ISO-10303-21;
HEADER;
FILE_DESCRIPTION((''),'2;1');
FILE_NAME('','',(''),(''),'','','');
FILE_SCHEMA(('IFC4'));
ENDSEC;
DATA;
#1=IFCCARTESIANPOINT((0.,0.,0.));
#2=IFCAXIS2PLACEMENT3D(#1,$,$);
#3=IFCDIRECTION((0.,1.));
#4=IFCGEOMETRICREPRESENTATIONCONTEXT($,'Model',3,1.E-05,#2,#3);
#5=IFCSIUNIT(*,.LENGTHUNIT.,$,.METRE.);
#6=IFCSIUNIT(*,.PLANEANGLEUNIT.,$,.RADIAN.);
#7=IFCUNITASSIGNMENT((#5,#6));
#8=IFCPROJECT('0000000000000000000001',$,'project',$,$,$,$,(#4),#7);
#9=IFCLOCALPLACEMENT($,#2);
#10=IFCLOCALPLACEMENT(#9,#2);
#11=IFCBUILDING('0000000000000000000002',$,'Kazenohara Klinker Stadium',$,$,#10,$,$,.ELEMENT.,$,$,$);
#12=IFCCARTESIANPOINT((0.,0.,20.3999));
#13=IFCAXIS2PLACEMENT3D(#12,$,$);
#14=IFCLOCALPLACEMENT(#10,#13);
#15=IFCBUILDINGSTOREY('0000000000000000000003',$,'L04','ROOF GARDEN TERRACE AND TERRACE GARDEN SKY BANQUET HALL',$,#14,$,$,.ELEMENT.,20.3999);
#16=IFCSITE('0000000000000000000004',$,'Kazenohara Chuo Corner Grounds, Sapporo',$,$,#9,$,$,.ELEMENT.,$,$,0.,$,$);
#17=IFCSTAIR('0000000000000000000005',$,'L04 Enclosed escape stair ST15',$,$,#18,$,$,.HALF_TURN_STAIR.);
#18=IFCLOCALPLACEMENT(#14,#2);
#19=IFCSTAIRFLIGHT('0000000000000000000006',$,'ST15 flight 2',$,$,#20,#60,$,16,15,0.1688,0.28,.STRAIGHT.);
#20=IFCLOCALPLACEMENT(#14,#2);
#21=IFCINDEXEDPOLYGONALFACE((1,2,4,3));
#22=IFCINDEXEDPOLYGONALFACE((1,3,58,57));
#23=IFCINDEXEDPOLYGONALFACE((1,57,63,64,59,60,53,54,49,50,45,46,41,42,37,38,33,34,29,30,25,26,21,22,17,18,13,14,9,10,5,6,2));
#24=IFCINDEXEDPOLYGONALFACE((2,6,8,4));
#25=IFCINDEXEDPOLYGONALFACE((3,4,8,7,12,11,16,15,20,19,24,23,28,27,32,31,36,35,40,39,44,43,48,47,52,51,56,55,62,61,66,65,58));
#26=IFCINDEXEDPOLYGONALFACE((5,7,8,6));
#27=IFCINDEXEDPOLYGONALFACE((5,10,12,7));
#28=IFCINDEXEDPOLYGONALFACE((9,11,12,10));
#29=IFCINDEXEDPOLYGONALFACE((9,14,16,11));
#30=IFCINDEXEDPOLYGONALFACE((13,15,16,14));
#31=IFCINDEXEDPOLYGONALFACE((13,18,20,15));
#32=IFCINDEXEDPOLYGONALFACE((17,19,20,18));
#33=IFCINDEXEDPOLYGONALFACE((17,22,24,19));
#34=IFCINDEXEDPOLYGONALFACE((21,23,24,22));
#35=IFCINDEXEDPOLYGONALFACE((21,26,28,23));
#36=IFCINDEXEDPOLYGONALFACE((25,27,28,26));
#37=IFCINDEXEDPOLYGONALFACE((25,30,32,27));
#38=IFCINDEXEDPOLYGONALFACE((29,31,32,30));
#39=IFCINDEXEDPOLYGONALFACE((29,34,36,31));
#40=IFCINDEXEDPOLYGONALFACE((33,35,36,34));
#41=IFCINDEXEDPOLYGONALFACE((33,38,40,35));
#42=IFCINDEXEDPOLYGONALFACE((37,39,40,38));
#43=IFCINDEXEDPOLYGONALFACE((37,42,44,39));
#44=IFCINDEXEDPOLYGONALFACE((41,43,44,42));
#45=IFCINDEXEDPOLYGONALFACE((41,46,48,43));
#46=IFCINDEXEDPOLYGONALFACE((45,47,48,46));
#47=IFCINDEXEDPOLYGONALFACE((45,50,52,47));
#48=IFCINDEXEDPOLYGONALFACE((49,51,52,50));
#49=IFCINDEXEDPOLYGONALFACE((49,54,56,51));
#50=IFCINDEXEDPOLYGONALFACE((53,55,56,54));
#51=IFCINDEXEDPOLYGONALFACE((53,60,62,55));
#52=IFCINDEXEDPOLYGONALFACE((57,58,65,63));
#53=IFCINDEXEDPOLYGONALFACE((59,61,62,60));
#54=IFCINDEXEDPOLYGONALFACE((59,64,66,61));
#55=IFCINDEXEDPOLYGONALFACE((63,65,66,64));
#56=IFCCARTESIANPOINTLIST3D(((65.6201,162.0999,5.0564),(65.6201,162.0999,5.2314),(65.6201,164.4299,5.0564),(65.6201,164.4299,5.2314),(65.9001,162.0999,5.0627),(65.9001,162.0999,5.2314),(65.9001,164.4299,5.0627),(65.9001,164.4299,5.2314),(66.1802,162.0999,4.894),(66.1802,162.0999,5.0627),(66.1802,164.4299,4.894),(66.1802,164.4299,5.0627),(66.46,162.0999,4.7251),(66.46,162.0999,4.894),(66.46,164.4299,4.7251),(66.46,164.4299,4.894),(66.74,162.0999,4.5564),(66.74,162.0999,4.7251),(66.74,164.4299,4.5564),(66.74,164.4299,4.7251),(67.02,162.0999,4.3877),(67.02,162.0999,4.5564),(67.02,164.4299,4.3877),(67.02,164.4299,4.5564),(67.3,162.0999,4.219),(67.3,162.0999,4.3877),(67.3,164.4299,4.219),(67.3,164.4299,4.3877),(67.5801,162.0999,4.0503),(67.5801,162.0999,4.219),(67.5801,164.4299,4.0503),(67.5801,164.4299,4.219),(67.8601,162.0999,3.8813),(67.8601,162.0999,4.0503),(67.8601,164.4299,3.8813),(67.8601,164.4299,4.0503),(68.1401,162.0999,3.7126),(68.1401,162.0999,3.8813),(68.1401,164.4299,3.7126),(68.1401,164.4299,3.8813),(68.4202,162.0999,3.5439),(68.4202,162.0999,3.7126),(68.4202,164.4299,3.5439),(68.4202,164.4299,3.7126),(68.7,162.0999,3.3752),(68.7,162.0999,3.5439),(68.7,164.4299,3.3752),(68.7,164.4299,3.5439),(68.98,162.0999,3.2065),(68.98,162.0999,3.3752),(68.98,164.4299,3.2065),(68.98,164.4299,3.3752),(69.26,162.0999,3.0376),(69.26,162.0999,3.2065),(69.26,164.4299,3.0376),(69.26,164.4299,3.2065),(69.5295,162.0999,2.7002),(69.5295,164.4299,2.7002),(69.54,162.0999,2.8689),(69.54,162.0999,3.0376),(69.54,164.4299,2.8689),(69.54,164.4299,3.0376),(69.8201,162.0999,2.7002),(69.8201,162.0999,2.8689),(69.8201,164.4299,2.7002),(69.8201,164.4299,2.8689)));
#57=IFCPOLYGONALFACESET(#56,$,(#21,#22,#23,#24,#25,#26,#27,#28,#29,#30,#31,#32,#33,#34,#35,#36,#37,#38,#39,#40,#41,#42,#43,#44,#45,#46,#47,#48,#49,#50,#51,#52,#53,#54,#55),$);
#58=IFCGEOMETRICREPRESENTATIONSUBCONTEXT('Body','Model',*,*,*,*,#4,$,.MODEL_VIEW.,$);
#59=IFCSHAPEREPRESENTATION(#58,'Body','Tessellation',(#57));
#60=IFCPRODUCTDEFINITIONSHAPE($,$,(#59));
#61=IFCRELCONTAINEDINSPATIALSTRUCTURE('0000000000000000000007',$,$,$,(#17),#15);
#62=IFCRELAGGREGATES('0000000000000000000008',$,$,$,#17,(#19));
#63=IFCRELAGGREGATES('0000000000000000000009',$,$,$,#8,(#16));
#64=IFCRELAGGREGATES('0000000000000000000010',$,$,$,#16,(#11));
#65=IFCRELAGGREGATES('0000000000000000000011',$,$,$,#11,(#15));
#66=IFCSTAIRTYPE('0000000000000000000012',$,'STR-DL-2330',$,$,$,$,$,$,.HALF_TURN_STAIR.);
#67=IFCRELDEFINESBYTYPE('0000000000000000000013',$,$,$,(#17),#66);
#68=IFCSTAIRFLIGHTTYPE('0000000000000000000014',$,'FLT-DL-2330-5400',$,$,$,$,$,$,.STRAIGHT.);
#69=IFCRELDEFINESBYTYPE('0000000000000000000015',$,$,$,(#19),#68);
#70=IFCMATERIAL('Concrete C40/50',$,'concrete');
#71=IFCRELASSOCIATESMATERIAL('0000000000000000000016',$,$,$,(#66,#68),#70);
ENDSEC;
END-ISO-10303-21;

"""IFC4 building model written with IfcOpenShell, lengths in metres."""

from ifc_helpers import new_model, si_unit, direction, frame, origin, place, context, subcontext, project, spatial, polyline, outline, extrude, material, type_object, element, aggregate, save


model = new_model("IFC4")

# Units and contexts
model_context = context("Model", 3, precision=1e-05, world=origin(), true_north=direction((0.0, 1.0)))
body_context = subcontext(model_context, "Body", "Model", "MODEL_VIEW")
ifc_project = project(units=[si_unit("LENGTHUNIT", "METRE"), si_unit("PLANEANGLEUNIT", "RADIAN")], contexts=[model_context])

# Site, building, storey
site_placement = place(None, origin())
site = spatial("IfcSite", under=ifc_project, at=site_placement, Name="Kazenohara Chuo Corner Grounds, Sapporo", CompositionType="ELEMENT", RefElevation=0.0)
building_placement = place(site_placement, origin())
building = spatial("IfcBuilding", under=site, at=building_placement, Name="Kazenohara Klinker Stadium", CompositionType="ELEMENT")
storey_placement = place(building_placement, frame((0.0, 0.0, 20.3999)))
storey = spatial("IfcBuildingStorey", under=building, at=storey_placement, Name="L04", Description="ROOF GARDEN TERRACE AND TERRACE GARDEN SKY BANQUET HALL", CompositionType="ELEMENT", Elevation=20.3999)

# Shared definitions
ifc_material_1 = material(Name="Concrete C40/50", Category="concrete")

# Stair, stair flight
stair_type = type_object("IfcStairType", Name="STR-DL-2330", PredefinedType="HALF_TURN_STAIR", material=ifc_material_1)
stair_placement = place(storey_placement, origin())
stair = element("IfcStair", 1, at=stair_placement, inside=storey, type_object=stair_type, Name="L04 Enclosed escape stair ST15", PredefinedType="HALF_TURN_STAIR")
stair_flight_type = type_object("IfcStairFlightType", Name="FLT-DL-2330-5400", PredefinedType="STRAIGHT", material=ifc_material_1)
stair_flight_1_placement = place(storey_placement, frame((69.8201, 163.2649, 2.7002), z_axis=(0.0, 0.0, 1.0), x_axis=(-1.0, 0.0, 0.0)))
stair_flight_1 = element("IfcStairFlight", 2, at=stair_flight_1_placement, type_object=stair_flight_type, Name="ST15 flight 2", NumberOfRisers=16, NumberOfTreads=15, PredefinedType="STRAIGHT", RiserHeight=0.1688, TreadLength=0.28, context=body_context, shape_type="SweptSolid", body=[
    extrude(outline(polyline([(0.0, 0.0), (0.0, 0.1687), (0.28, 0.1687), (0.28, 0.3374), (0.5601, 0.3374), (0.5601, 0.5063), (0.8401, 0.5063), (0.8401, 0.675), (1.1201, 0.675), (1.1201, 0.8438), (1.3999, 0.8438), (1.3999, 1.0125), (1.6799, 1.0125), (1.6799, 1.1812), (1.96, 1.1812), (1.96, 1.3501), (2.24, 1.3501), (2.24, 1.5188), (2.52, 1.5188), (2.52, 1.6875), (2.8, 1.6875), (2.8, 1.8562), (3.0801, 1.8562), (3.0801, 2.0249), (3.3601, 2.0249), (3.3601, 2.1938), (3.6399, 2.1938), (3.6399, 2.3625), (3.9199, 2.3625), (3.9199, 2.5312), (4.2, 2.5312), (4.2, 2.7), (4.2, 2.3562), (0.2905, 0.0), (0.0, 0.0)])), frame((0.0, 1.165, 0.0), z_axis=(0.0, -1.0, 0.0), x_axis=(1.0, 0.0, 0.0)), (0.0, 0.0, 1.0), 2.3301),
])
aggregate(stair, [stair_flight_1])

save(model, "model.ifc")
